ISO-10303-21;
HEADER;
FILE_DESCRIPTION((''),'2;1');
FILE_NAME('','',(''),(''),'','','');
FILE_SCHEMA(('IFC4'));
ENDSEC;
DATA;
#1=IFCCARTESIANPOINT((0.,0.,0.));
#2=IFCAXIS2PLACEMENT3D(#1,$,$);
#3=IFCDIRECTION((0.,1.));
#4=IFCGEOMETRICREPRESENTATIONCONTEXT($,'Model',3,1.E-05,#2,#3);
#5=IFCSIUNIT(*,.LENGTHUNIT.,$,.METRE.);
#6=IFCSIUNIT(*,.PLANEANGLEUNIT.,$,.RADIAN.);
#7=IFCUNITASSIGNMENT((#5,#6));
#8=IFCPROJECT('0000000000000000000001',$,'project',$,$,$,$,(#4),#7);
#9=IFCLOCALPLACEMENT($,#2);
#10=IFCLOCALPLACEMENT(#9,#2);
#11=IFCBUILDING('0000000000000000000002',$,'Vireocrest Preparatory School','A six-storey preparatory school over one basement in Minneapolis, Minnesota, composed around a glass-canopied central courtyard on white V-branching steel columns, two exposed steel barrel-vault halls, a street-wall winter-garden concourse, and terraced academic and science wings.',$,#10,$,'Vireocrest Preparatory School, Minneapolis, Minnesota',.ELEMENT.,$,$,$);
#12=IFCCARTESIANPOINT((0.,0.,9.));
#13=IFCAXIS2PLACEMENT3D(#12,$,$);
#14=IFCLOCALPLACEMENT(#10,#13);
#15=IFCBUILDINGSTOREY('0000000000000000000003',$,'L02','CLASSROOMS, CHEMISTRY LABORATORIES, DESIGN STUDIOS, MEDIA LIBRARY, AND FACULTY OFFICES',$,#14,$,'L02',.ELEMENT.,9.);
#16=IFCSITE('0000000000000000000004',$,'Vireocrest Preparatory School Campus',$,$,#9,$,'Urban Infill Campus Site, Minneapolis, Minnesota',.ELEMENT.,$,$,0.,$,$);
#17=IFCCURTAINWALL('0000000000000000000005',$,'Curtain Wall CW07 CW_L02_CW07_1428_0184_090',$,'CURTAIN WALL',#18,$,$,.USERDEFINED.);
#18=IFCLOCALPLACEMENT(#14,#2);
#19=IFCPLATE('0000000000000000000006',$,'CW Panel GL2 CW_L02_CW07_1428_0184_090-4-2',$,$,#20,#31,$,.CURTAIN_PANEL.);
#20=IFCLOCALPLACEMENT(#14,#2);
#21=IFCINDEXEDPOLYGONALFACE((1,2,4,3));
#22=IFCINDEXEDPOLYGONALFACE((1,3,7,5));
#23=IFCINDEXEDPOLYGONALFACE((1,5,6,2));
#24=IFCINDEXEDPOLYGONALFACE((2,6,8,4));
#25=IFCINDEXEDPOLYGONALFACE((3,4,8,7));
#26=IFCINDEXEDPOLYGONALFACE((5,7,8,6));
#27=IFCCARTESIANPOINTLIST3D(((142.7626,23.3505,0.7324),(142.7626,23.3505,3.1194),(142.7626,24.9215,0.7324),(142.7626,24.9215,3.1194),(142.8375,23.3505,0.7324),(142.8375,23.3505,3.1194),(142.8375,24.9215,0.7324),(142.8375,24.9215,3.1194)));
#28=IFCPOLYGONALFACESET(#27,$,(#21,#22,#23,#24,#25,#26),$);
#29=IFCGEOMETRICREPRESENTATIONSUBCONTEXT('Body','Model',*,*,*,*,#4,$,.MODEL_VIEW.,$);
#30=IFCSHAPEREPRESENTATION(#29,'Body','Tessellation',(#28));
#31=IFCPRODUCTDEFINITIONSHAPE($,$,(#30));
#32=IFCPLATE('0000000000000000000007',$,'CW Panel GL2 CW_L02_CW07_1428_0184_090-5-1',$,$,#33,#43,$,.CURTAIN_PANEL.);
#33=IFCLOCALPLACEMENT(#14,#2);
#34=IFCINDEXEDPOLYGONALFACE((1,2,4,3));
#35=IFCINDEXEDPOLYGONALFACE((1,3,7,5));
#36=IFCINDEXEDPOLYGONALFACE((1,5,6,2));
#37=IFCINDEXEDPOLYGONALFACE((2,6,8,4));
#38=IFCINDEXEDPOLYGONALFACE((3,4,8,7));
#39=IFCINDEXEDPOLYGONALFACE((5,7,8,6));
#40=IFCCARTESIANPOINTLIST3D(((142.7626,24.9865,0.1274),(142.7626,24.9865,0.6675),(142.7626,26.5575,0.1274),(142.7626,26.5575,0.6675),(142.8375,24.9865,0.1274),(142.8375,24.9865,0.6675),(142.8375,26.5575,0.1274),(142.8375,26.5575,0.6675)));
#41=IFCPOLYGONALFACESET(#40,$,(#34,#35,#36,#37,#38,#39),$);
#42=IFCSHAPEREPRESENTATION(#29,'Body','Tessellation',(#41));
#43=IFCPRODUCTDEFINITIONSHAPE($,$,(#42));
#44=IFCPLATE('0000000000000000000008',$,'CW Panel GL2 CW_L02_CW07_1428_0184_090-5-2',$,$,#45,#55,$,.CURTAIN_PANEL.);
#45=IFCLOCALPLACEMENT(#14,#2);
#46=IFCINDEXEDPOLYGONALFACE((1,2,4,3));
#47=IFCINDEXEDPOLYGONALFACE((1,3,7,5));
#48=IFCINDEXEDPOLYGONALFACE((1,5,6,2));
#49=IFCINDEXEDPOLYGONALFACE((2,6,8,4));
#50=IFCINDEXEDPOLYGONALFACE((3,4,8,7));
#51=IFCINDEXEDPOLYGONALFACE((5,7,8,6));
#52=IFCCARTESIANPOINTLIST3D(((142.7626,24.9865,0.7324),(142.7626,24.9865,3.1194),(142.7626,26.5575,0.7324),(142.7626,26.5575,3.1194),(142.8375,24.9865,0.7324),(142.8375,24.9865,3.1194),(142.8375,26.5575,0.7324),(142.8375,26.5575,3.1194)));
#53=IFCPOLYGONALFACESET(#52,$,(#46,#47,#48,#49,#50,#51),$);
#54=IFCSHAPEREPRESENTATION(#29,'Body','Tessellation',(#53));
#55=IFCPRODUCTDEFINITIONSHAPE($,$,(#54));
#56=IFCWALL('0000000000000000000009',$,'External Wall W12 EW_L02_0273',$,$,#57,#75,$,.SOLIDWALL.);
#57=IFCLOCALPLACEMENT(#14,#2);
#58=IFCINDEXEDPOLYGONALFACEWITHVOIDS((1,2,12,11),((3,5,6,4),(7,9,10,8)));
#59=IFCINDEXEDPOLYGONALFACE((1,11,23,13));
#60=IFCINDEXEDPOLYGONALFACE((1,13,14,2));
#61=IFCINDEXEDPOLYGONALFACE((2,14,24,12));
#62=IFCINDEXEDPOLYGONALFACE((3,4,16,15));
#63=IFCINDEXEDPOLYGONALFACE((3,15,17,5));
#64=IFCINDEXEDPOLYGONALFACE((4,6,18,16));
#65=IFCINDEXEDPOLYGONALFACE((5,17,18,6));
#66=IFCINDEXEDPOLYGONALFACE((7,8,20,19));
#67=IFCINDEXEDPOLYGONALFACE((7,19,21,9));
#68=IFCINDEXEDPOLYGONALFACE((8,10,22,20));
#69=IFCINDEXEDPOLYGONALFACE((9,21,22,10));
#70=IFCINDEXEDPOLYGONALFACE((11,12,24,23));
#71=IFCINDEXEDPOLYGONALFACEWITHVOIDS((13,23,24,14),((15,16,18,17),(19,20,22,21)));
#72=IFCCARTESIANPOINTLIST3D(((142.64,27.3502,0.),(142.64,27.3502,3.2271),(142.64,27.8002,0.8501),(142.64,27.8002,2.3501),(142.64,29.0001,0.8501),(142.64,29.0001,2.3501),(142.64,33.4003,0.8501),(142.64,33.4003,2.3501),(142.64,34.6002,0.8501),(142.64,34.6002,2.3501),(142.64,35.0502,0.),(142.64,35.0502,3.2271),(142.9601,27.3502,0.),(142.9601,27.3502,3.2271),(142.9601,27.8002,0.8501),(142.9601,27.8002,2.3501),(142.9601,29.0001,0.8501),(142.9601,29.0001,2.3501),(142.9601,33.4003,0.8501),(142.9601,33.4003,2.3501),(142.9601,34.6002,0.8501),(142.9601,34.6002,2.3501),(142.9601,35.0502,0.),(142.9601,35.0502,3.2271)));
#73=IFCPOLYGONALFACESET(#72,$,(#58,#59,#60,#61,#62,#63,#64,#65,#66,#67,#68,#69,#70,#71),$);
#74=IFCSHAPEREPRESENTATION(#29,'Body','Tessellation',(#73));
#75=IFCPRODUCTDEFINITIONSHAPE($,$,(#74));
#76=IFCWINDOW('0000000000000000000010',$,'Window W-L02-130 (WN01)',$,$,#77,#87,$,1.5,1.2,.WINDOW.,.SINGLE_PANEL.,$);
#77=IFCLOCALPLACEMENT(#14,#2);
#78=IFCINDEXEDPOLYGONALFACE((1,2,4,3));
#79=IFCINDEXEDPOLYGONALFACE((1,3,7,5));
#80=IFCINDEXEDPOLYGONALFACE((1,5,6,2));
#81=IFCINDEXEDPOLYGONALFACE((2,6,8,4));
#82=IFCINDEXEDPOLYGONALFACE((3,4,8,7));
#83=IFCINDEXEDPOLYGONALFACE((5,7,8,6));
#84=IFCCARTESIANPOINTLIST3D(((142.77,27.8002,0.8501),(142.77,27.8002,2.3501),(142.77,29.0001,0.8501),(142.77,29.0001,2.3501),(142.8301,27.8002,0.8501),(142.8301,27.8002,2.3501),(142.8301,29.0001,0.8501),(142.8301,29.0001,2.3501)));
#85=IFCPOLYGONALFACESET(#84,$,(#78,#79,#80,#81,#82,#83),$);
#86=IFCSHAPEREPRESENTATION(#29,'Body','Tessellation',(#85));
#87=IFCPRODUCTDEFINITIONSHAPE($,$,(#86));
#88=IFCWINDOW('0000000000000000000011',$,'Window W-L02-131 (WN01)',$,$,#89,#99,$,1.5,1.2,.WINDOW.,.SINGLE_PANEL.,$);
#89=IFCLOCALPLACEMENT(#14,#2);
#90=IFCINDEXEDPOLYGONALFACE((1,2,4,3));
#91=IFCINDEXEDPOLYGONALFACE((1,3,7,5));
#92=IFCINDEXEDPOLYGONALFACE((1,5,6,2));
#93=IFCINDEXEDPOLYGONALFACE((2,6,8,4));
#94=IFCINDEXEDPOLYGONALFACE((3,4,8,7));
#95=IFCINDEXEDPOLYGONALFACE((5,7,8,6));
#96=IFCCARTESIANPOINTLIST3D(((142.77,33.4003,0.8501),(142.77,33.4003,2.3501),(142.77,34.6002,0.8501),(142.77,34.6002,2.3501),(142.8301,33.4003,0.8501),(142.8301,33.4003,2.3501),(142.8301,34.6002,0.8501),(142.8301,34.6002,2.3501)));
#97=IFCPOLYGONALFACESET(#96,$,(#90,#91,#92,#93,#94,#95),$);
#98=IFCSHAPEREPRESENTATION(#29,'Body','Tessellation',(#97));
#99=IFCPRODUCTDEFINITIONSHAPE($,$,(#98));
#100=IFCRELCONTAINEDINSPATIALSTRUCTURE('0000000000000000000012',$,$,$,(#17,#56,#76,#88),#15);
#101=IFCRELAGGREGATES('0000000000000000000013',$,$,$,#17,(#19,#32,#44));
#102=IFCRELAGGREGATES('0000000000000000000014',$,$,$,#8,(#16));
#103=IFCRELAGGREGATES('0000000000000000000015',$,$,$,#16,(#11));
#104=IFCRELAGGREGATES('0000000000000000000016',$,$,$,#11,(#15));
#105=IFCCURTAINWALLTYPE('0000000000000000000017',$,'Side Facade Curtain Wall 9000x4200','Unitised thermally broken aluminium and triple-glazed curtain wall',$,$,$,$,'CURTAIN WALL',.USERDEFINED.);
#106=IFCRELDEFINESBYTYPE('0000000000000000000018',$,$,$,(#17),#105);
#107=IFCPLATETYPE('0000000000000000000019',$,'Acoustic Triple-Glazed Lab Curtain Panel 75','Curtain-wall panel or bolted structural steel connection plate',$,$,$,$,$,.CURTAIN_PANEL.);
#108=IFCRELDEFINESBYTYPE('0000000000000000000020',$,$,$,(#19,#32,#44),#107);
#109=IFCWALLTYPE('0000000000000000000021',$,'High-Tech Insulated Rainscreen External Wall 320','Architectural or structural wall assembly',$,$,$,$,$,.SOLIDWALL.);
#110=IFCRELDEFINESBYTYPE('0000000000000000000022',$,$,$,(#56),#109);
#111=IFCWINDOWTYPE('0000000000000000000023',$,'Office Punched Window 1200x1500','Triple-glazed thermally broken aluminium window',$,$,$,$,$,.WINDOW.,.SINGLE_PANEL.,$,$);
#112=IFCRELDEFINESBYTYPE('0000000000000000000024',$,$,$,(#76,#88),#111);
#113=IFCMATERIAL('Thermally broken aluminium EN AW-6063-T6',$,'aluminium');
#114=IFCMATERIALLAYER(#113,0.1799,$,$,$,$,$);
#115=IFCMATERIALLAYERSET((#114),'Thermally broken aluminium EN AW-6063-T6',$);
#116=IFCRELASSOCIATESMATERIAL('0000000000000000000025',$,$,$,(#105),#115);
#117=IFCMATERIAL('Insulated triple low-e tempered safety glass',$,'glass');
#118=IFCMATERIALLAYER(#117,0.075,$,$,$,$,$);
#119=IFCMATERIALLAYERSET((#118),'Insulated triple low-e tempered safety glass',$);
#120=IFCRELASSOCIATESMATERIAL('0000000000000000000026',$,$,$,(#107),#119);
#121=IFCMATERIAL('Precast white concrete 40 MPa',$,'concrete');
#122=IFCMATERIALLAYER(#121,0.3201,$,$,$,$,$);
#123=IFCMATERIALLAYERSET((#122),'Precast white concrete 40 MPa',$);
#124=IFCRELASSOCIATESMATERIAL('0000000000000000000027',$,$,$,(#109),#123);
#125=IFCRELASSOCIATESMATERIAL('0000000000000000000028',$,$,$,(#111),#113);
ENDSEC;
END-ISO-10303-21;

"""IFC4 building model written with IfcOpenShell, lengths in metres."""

from ifc_helpers import new_model, si_unit, direction, frame, frame_2d, origin, origin_2d, place, context, subcontext, project, spatial, rectangle, extrude, material, layer, layer_set, type_object, element, fill, aggregate, save


model = new_model("IFC4")

# Units and contexts
model_context = context("Model", 3, precision=1e-05, world=origin(), true_north=direction((0.0, 1.0)))
body_context = subcontext(model_context, "Body", "Model", "MODEL_VIEW")
ifc_project = project(units=[si_unit("LENGTHUNIT", "METRE"), si_unit("PLANEANGLEUNIT", "RADIAN")], contexts=[model_context])

# Site, building, storey
site_placement = place(None, origin())
site = spatial("IfcSite", under=ifc_project, at=site_placement, Name="Vireocrest Preparatory School Campus", LongName="Urban Infill Campus Site, Minneapolis, Minnesota", CompositionType="ELEMENT", RefElevation=0.0)
building_placement = place(site_placement, origin())
building = spatial("IfcBuilding", under=site, at=building_placement, Name="Vireocrest Preparatory School", Description="A six-storey preparatory school over one basement in Minneapolis, Minnesota, composed around a glass-canopied central courtyard on white V-branching steel columns, two exposed steel barrel-vault halls, a street-wall winter-garden concourse, and terraced academic and science wings.", LongName="Vireocrest Preparatory School, Minneapolis, Minnesota", CompositionType="ELEMENT")
storey_placement = place(building_placement, frame((0.0, 0.0, 9.0)))
storey = spatial("IfcBuildingStorey", under=building, at=storey_placement, Name="L02", Description="CLASSROOMS, CHEMISTRY LABORATORIES, DESIGN STUDIOS, MEDIA LIBRARY, AND FACULTY OFFICES", LongName="L02", CompositionType="ELEMENT", Elevation=9.0)

# Curtain wall
ifc_material_1 = material(Name="Thermally broken aluminium EN AW-6063-T6", Category="aluminium")
ifc_layer_1 = layer(ifc_material_1, 0.1799)
ifc_layer_set_1 = layer_set([ifc_layer_1], Name="Thermally broken aluminium EN AW-6063-T6")
curtain_wall_type_1 = type_object("IfcCurtainWallType", Name="Side Facade Curtain Wall 9000x4200", Description="Unitised thermally broken aluminium and triple-glazed curtain wall", ElementType="CURTAIN WALL", PredefinedType="USERDEFINED", material=ifc_layer_set_1)
curtain_wall_1_placement = place(storey_placement, origin())
curtain_wall_1 = element("IfcCurtainWall", 1, at=curtain_wall_1_placement, inside=storey, type_object=curtain_wall_type_1, Name="Curtain Wall CW07 CW_L02_CW07_1428_0184_090", ObjectType="CURTAIN WALL", PredefinedType="USERDEFINED")

# Plates
ifc_material_2 = material(Name="Insulated triple low-e tempered safety glass", Category="glass")
ifc_layer_2 = layer(ifc_material_2, 0.075)
ifc_layer_set_2 = layer_set([ifc_layer_2], Name="Insulated triple low-e tempered safety glass")
plate_type = type_object("IfcPlateType", Name="Acoustic Triple-Glazed Lab Curtain Panel 75", Description="Curtain-wall panel or bolted structural steel connection plate", PredefinedType="CURTAIN_PANEL", material=ifc_layer_set_2)
plate_1_placement = place(storey_placement, frame((142.8, 24.136, 0.7324), z_axis=(0.0, 0.0, 1.0), x_axis=(0.0, 1.0, 0.0)))
plate_1 = element("IfcPlate", 2, at=plate_1_placement, type_object=plate_type, Name="CW Panel GL2 CW_L02_CW07_1428_0184_090-4-2", PredefinedType="CURTAIN_PANEL", context=body_context, shape_type="SweptSolid", body=[
    extrude(rectangle(XDim=1.571, YDim=0.075, at=origin_2d()), origin(), (0.0, 0.0, 1.0), 2.387),
])
plate_2_placement = place(storey_placement, frame((142.8, 25.772, 0.1274), z_axis=(0.0, 0.0, 1.0), x_axis=(0.0, 1.0, 0.0)))
plate_2 = element("IfcPlate", 3, at=plate_2_placement, type_object=plate_type, Name="CW Panel GL2 CW_L02_CW07_1428_0184_090-5-1", PredefinedType="CURTAIN_PANEL", context=body_context, shape_type="SweptSolid", body=[
    extrude(rectangle(XDim=1.571, YDim=0.075, at=origin_2d()), origin(), (0.0, 0.0, 1.0), 0.54),
])
plate_3_placement = place(storey_placement, frame((142.8, 25.772, 0.7324), z_axis=(0.0, 0.0, 1.0), x_axis=(0.0, 1.0, 0.0)))
plate_3 = element("IfcPlate", 4, at=plate_3_placement, type_object=plate_type, Name="CW Panel GL2 CW_L02_CW07_1428_0184_090-5-2", PredefinedType="CURTAIN_PANEL", context=body_context, shape_type="SweptSolid", body=[
    extrude(rectangle(XDim=1.571, YDim=0.075, at=origin_2d()), origin(), (0.0, 0.0, 1.0), 2.387),
])
aggregate(curtain_wall_1, [plate_1, plate_2, plate_3])

# Wall, openings, windows
ifc_material_3 = material(Name="Precast white concrete 40 MPa", Category="concrete")
ifc_layer_3 = layer(ifc_material_3, 0.3201)
ifc_layer_set_3 = layer_set([ifc_layer_3], Name="Precast white concrete 40 MPa")
wall_type = type_object("IfcWallType", Name="High-Tech Insulated Rainscreen External Wall 320", Description="Architectural or structural wall assembly", PredefinedType="SOLIDWALL", material=ifc_layer_set_3)
wall_placement = place(storey_placement, frame((142.8, 27.3501, 0.0), z_axis=(0.0, 0.0, 1.0), x_axis=(0.0, 1.0, 0.0)))
wall = element("IfcWall", 5, at=wall_placement, inside=storey, type_object=wall_type, Name="External Wall W12 EW_L02_0273", PredefinedType="SOLIDWALL", context=body_context, shape_type="SweptSolid", body=[
    extrude(rectangle(XDim=7.7, YDim=0.3201, at=frame_2d((3.8501, 0.0))), origin(), (0.0, 0.0, 1.0), 3.2271),
])
opening_1_placement = place(wall_placement, frame((0.45, 0.0, 0.8501)))
opening_1 = element("IfcOpeningElement", 6, at=opening_1_placement, cuts=wall, PredefinedType="OPENING", context=body_context, shape_type="SweptSolid", body=[
    extrude(rectangle(XDim=1.2, YDim=1.5, at=frame_2d((0.6001, 0.75))), frame((0.0, 0.1699, 0.0), z_axis=(0.0, -1.0, 0.0), x_axis=(1.0, 0.0, 0.0)), (0.0, 0.0, 1.0), 0.3401),
])
opening_2_placement = place(wall_placement, frame((6.05, 0.0, 0.8501)))
opening_2 = element("IfcOpeningElement", 7, at=opening_2_placement, cuts=wall, PredefinedType="OPENING", context=body_context, shape_type="SweptSolid", body=[
    extrude(rectangle(XDim=1.2, YDim=1.5, at=frame_2d((0.6001, 0.75))), frame((0.0, 0.1699, 0.0), z_axis=(0.0, -1.0, 0.0), x_axis=(1.0, 0.0, 0.0)), (0.0, 0.0, 1.0), 0.3401),
])
window_type = type_object("IfcWindowType", Name="Office Punched Window 1200x1500", Description="Triple-glazed thermally broken aluminium window", PartitioningType="SINGLE_PANEL", PredefinedType="WINDOW", material=ifc_material_1)
window_1_placement = place(opening_1_placement, origin())
window_1 = element("IfcWindow", 8, at=window_1_placement, inside=storey, type_object=window_type, Name="Window W-L02-130 (WN01)", OverallHeight=1.5, OverallWidth=1.2, PartitioningType="SINGLE_PANEL", PredefinedType="WINDOW", context=body_context, shape_type="SweptSolid", body=[
    extrude(rectangle(XDim=1.2, YDim=1.5, at=frame_2d((0.6001, 0.75))), frame((0.0, 0.03, 0.0), z_axis=(0.0, -1.0, 0.0), x_axis=(1.0, 0.0, 0.0)), (0.0, 0.0, 1.0), 0.0601),
])
fill(opening_1, window_1)
window_2_placement = place(opening_2_placement, origin())
window_2 = element("IfcWindow", 9, at=window_2_placement, inside=storey, type_object=window_type, Name="Window W-L02-131 (WN01)", OverallHeight=1.5, OverallWidth=1.2, PartitioningType="SINGLE_PANEL", PredefinedType="WINDOW", context=body_context, shape_type="SweptSolid", body=[
    extrude(rectangle(XDim=1.2, YDim=1.5, at=frame_2d((0.6001, 0.75))), frame((0.0, 0.03, 0.0), z_axis=(0.0, -1.0, 0.0), x_axis=(1.0, 0.0, 0.0)), (0.0, 0.0, 1.0), 0.0601),
])
fill(opening_2, window_2)

save(model, "model.ifc")
